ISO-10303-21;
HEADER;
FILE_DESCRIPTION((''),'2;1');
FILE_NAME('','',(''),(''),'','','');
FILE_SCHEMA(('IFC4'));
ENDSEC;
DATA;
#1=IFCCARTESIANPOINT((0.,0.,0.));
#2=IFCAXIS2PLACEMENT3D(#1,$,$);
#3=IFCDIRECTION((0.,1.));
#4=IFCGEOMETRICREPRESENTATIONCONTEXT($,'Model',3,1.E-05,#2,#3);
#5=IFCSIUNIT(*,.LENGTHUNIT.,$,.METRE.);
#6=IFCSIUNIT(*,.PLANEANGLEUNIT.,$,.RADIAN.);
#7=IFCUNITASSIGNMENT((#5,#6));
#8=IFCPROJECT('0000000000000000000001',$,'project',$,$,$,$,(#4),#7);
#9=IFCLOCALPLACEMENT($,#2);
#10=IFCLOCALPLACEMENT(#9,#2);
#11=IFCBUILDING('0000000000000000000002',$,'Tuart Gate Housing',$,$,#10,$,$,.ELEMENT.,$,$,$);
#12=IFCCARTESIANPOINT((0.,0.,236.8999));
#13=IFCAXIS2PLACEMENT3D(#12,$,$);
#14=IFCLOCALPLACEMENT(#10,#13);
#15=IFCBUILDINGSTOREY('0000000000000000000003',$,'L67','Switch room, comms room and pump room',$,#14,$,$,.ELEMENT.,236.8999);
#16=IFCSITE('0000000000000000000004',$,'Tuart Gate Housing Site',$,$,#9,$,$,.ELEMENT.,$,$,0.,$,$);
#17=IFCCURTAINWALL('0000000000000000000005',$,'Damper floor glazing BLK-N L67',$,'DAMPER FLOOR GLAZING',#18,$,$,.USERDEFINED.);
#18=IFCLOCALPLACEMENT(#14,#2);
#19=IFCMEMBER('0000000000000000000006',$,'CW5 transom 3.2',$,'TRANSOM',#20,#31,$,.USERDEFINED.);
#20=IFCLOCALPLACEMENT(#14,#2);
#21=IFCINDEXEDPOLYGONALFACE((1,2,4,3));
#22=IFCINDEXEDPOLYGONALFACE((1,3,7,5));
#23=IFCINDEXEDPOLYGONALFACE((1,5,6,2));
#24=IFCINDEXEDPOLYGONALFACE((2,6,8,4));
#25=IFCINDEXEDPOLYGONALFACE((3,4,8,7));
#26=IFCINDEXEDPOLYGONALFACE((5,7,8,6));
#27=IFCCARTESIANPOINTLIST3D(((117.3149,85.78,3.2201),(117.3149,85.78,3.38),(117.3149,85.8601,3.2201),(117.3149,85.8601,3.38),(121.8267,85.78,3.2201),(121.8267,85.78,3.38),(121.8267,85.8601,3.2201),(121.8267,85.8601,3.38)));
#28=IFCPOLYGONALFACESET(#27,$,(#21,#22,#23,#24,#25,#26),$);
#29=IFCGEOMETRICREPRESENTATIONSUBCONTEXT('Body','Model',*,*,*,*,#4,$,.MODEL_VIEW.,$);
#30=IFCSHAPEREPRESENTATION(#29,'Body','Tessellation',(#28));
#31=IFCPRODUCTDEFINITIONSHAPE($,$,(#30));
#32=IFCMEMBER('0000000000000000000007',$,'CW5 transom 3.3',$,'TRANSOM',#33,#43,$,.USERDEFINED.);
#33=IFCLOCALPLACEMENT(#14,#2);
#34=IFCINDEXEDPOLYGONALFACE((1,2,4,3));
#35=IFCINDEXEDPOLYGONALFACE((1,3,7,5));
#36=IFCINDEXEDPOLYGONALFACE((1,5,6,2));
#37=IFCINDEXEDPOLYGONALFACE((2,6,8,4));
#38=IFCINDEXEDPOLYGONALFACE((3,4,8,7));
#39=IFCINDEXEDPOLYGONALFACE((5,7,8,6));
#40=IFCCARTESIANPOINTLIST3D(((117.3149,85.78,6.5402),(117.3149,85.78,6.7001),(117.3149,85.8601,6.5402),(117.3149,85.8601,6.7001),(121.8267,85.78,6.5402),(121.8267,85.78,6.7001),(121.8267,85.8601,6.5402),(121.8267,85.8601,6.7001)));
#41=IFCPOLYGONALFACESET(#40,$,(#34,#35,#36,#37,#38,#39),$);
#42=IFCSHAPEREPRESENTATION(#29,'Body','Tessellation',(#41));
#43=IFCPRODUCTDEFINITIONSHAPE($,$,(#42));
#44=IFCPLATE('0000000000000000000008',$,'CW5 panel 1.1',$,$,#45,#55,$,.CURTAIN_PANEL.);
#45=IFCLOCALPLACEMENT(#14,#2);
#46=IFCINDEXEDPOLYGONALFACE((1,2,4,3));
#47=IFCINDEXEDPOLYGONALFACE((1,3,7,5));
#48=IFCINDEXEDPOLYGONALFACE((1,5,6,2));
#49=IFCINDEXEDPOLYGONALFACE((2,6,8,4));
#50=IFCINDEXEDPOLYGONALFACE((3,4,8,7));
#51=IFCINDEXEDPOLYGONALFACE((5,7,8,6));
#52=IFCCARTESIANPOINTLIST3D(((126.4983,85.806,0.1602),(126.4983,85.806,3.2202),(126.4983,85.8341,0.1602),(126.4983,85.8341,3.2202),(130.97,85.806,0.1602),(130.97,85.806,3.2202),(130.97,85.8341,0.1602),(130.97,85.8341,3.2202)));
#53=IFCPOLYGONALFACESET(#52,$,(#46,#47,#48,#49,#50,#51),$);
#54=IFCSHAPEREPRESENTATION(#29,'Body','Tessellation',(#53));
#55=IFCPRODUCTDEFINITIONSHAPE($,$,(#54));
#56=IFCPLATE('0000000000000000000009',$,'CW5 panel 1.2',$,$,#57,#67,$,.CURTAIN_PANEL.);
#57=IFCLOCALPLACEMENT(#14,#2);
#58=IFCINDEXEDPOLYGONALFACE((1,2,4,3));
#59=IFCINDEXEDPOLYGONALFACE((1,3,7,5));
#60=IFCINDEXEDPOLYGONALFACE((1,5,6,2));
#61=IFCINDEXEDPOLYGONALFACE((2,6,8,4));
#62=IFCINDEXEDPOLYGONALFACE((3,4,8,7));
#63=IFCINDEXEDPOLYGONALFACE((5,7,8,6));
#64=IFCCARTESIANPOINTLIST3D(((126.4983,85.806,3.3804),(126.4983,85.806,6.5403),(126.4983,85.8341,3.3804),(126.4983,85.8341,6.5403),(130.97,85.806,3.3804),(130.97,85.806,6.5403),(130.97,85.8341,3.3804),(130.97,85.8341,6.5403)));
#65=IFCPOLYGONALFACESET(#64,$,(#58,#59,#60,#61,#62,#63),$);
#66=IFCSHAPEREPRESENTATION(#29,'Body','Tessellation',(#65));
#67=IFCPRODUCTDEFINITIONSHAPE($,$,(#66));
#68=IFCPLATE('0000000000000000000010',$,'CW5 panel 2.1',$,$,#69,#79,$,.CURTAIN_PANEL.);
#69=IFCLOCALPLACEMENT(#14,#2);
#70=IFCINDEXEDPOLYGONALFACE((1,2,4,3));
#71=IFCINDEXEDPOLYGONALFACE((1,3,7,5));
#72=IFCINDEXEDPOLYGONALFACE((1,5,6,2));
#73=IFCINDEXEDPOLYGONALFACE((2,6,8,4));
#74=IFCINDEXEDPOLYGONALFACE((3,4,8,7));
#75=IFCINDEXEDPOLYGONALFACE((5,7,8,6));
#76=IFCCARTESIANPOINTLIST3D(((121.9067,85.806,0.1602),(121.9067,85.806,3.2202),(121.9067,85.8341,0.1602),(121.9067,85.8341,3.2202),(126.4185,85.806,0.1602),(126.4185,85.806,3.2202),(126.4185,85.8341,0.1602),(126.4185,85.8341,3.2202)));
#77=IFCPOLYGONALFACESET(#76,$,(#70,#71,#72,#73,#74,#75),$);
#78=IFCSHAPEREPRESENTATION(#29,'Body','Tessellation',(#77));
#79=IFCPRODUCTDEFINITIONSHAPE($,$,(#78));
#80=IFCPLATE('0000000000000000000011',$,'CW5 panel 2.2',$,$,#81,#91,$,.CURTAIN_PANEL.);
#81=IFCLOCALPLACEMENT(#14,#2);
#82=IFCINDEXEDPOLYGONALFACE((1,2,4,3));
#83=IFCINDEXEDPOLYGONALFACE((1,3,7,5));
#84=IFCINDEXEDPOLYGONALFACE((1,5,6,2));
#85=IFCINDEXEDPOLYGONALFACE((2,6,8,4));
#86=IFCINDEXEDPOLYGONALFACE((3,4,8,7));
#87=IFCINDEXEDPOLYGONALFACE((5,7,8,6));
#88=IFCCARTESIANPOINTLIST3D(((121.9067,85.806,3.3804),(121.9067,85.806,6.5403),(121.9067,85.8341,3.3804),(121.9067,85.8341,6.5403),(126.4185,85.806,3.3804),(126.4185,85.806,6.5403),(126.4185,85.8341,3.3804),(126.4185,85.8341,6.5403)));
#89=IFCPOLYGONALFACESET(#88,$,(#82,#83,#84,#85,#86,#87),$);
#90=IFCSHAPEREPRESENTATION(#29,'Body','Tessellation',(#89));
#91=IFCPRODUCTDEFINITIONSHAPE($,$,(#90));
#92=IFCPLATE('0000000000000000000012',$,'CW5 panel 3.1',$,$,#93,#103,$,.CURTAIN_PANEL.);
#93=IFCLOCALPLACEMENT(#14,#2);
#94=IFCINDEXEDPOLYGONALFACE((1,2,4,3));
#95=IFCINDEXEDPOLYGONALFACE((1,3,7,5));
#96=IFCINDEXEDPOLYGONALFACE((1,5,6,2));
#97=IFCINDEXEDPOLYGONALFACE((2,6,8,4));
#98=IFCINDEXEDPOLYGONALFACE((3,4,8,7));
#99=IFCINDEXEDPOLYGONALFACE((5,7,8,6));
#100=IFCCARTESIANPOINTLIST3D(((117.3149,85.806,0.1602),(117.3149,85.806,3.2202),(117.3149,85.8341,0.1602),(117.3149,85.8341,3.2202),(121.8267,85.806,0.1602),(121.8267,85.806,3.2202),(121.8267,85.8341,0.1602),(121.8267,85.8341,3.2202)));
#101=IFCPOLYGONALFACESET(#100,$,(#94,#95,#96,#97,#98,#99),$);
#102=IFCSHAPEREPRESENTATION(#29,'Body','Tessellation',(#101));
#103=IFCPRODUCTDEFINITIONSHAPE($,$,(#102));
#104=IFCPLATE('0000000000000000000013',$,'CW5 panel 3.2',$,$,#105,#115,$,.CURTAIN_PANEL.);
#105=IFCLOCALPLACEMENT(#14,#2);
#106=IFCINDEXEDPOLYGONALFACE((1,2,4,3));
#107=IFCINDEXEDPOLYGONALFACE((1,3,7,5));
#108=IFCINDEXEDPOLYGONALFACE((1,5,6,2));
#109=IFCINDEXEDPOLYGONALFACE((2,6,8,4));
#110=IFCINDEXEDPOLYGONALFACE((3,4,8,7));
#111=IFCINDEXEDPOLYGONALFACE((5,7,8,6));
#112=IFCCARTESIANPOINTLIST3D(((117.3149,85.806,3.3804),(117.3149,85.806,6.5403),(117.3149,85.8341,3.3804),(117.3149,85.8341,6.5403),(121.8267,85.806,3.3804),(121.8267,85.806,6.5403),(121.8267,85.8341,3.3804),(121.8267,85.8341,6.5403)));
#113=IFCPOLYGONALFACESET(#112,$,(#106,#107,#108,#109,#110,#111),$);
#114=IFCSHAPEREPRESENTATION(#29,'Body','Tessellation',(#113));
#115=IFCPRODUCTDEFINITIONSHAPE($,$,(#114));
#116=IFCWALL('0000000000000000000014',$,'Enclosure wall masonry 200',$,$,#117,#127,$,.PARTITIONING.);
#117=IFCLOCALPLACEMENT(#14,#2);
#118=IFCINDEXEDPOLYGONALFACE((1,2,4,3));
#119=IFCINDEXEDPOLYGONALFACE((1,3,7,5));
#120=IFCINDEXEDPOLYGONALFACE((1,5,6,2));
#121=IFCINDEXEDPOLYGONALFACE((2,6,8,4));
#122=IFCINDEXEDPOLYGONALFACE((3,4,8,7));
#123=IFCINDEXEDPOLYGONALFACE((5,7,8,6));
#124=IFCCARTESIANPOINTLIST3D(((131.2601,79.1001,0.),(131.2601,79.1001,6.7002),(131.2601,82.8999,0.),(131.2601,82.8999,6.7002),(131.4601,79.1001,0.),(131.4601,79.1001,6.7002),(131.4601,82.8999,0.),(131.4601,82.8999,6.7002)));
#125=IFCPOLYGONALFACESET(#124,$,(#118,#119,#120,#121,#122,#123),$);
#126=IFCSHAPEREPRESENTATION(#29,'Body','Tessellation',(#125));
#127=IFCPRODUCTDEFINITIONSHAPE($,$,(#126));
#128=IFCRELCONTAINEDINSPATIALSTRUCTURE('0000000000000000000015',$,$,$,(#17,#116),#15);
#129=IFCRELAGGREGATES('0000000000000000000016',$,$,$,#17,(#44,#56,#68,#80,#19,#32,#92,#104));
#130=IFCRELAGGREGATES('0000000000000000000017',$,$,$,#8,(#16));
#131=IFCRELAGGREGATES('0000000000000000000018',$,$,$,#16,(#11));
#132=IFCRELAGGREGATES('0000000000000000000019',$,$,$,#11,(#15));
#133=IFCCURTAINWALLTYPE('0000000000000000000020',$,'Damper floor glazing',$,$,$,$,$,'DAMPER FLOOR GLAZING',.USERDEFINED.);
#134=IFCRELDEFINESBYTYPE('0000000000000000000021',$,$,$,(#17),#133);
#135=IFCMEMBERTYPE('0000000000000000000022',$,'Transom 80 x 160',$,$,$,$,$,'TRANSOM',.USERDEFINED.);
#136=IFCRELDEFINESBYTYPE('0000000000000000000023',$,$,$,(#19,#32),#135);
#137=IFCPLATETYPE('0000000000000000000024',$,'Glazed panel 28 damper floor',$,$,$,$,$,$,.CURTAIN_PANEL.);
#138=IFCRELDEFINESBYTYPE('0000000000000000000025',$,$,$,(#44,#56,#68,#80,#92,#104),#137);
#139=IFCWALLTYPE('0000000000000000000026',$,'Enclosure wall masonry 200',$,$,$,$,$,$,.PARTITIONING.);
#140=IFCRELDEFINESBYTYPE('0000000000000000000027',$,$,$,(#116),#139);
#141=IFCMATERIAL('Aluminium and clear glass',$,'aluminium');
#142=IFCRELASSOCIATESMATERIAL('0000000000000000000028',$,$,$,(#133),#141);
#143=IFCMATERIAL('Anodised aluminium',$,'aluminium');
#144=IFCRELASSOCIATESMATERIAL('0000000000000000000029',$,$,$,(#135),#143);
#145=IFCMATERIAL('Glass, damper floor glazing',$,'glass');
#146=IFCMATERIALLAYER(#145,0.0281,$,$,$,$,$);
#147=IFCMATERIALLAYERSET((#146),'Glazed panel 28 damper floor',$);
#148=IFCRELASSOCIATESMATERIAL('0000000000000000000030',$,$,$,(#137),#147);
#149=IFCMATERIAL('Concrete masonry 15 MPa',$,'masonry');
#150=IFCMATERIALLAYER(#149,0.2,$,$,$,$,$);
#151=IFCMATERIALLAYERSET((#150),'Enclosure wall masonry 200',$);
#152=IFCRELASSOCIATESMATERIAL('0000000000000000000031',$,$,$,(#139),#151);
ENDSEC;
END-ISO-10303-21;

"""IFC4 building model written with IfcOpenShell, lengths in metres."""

from ifc_helpers import new_model, si_unit, direction, frame, frame_2d, origin, origin_2d, place, context, subcontext, project, spatial, rectangle, extrude, material, layer, layer_set, material_profile, profile_set, type_object, element, aggregate, save


model = new_model("IFC4")

# Units and contexts
model_context = context("Model", 3, precision=1e-05, world=origin(), true_north=direction((0.0, 1.0)))
body_context = subcontext(model_context, "Body", "Model", "MODEL_VIEW")
ifc_project = project(units=[si_unit("LENGTHUNIT", "METRE"), si_unit("PLANEANGLEUNIT", "RADIAN")], contexts=[model_context])

# Site, building, storey
site_placement = place(None, origin())
site = spatial("IfcSite", under=ifc_project, at=site_placement, Name="Tuart Gate Housing Site", CompositionType="ELEMENT", RefElevation=0.0)
building_placement = place(site_placement, origin())
building = spatial("IfcBuilding", under=site, at=building_placement, Name="Tuart Gate Housing", CompositionType="ELEMENT")
storey_placement = place(building_placement, frame((0.0, 0.0, 236.8999)))
storey = spatial("IfcBuildingStorey", under=building, at=storey_placement, Name="L67", Description="Switch room, comms room and pump room", CompositionType="ELEMENT", Elevation=236.8999)

# Curtain wall, members, plates
ifc_material_1 = material(Name="Aluminium and clear glass", Category="aluminium")
curtain_wall_type = type_object("IfcCurtainWallType", Name="Damper floor glazing", ElementType="DAMPER FLOOR GLAZING", PredefinedType="USERDEFINED", material=ifc_material_1)
curtain_wall_placement = place(storey_placement, origin())
curtain_wall = element("IfcCurtainWall", 1, at=curtain_wall_placement, inside=storey, type_object=curtain_wall_type, Name="Damper floor glazing BLK-N L67", ObjectType="DAMPER FLOOR GLAZING", PredefinedType="USERDEFINED")
ifc_material_2 = material(Name="Anodised aluminium", Category="aluminium")
ifc_material_profile_1 = material_profile(ifc_material_2, rectangle(XDim=0.0801, YDim=0.1599, at=origin_2d()), Name="80x160")
ifc_profile_set_1 = profile_set([ifc_material_profile_1], Name="Anodised aluminium")
member_type_1 = type_object("IfcMemberType", Name="Transom 80 x 160", ElementType="TRANSOM", PredefinedType="USERDEFINED", material=ifc_profile_set_1)
member_1_placement = place(storey_placement, frame((121.8267, 85.8201, 3.3), z_axis=(-1.0, 0.0, 0.0), x_axis=(0.0, -1.0, 0.0)))
member_1 = element("IfcMember", 2, at=member_1_placement, type_object=member_type_1, Name="CW5 transom 3.2", ObjectType="TRANSOM", PredefinedType="USERDEFINED", context=body_context, shape_type="SweptSolid", body=[
    extrude(rectangle(XDim=0.0801, YDim=0.1599, at=origin_2d()), origin(), (0.0, 0.0, 1.0), 4.5117),
])
member_2_placement = place(storey_placement, frame((121.8267, 85.8201, 6.6201), z_axis=(-1.0, 0.0, 0.0), x_axis=(0.0, -1.0, 0.0)))
member_2 = element("IfcMember", 3, at=member_2_placement, type_object=member_type_1, Name="CW5 transom 3.3", ObjectType="TRANSOM", PredefinedType="USERDEFINED", context=body_context, shape_type="SweptSolid", body=[
    extrude(rectangle(XDim=0.0801, YDim=0.1599, at=origin_2d()), origin(), (0.0, 0.0, 1.0), 4.5117),
])
ifc_material_3 = material(Name="Glass, damper floor glazing", Category="glass")
ifc_layer_1 = layer(ifc_material_3, 0.0281)
ifc_layer_set_1 = layer_set([ifc_layer_1], Name="Glazed panel 28 damper floor")
plate_type = type_object("IfcPlateType", Name="Glazed panel 28 damper floor", PredefinedType="CURTAIN_PANEL", material=ifc_layer_set_1)
plate_1_placement = place(storey_placement, frame((128.7341, 85.8201, 0.1602), z_axis=(0.0, 0.0, 1.0), x_axis=(-1.0, 0.0, 0.0)))
plate_1 = element("IfcPlate", 4, at=plate_1_placement, type_object=plate_type, Name="CW5 panel 1.1", PredefinedType="CURTAIN_PANEL", context=body_context, shape_type="SweptSolid", body=[
    extrude(rectangle(XDim=4.4717, YDim=0.0281, at=origin_2d()), origin(), (0.0, 0.0, 1.0), 3.0601),
])
plate_2_placement = place(storey_placement, frame((128.7341, 85.8201, 3.3804), z_axis=(0.0, 0.0, 1.0), x_axis=(-1.0, 0.0, 0.0)))
plate_2 = element("IfcPlate", 5, at=plate_2_placement, type_object=plate_type, Name="CW5 panel 1.2", PredefinedType="CURTAIN_PANEL", context=body_context, shape_type="SweptSolid", body=[
    extrude(rectangle(XDim=4.4717, YDim=0.0281, at=origin_2d()), origin(), (0.0, 0.0, 1.0), 3.1599),
])
plate_3_placement = place(storey_placement, frame((124.1626, 85.8201, 0.1602), z_axis=(0.0, 0.0, 1.0), x_axis=(-1.0, 0.0, 0.0)))
plate_3 = element("IfcPlate", 6, at=plate_3_placement, type_object=plate_type, Name="CW5 panel 2.1", PredefinedType="CURTAIN_PANEL", context=body_context, shape_type="SweptSolid", body=[
    extrude(rectangle(XDim=4.5117, YDim=0.0281, at=origin_2d()), origin(), (0.0, 0.0, 1.0), 3.0601),
])
plate_4_placement = place(storey_placement, frame((124.1626, 85.8201, 3.3804), z_axis=(0.0, 0.0, 1.0), x_axis=(-1.0, 0.0, 0.0)))
plate_4 = element("IfcPlate", 7, at=plate_4_placement, type_object=plate_type, Name="CW5 panel 2.2", PredefinedType="CURTAIN_PANEL", context=body_context, shape_type="SweptSolid", body=[
    extrude(rectangle(XDim=4.5117, YDim=0.0281, at=origin_2d()), origin(), (0.0, 0.0, 1.0), 3.1599),
])
plate_5_placement = place(storey_placement, frame((119.5708, 85.8201, 0.1602), z_axis=(0.0, 0.0, 1.0), x_axis=(-1.0, 0.0, 0.0)))
plate_5 = element("IfcPlate", 8, at=plate_5_placement, type_object=plate_type, Name="CW5 panel 3.1", PredefinedType="CURTAIN_PANEL", context=body_context, shape_type="SweptSolid", body=[
    extrude(rectangle(XDim=4.5117, YDim=0.0281, at=origin_2d()), origin(), (0.0, 0.0, 1.0), 3.0601),
])
plate_6_placement = place(storey_placement, frame((119.5708, 85.8201, 3.3804), z_axis=(0.0, 0.0, 1.0), x_axis=(-1.0, 0.0, 0.0)))
plate_6 = element("IfcPlate", 9, at=plate_6_placement, type_object=plate_type, Name="CW5 panel 3.2", PredefinedType="CURTAIN_PANEL", context=body_context, shape_type="SweptSolid", body=[
    extrude(rectangle(XDim=4.5117, YDim=0.0281, at=origin_2d()), origin(), (0.0, 0.0, 1.0), 3.1599),
])
aggregate(curtain_wall, [plate_1, plate_2, plate_3, plate_4, member_1, member_2, plate_5, plate_6])

# Wall
ifc_material_4 = material(Name="Concrete masonry 15 MPa", Category="masonry")
ifc_layer_2 = layer(ifc_material_4, 0.2)
ifc_layer_set_2 = layer_set([ifc_layer_2], Name="Enclosure wall masonry 200")
wall_type = type_object("IfcWallType", Name="Enclosure wall masonry 200", PredefinedType="PARTITIONING", material=ifc_layer_set_2)
wall_placement = place(storey_placement, frame((131.3601, 79.1001, 0.0), z_axis=(0.0, 0.0, 1.0), x_axis=(0.0, 1.0, 0.0)))
element("IfcWall", 10, at=wall_placement, inside=storey, type_object=wall_type, Name="Enclosure wall masonry 200", PredefinedType="PARTITIONING", context=body_context, shape_type="SweptSolid", body=[
    extrude(rectangle(XDim=3.7998, YDim=0.2, at=frame_2d((1.8999, 0.0))), origin(), (0.0, 0.0, 1.0), 6.7002),
])

save(model, "model.ifc")
